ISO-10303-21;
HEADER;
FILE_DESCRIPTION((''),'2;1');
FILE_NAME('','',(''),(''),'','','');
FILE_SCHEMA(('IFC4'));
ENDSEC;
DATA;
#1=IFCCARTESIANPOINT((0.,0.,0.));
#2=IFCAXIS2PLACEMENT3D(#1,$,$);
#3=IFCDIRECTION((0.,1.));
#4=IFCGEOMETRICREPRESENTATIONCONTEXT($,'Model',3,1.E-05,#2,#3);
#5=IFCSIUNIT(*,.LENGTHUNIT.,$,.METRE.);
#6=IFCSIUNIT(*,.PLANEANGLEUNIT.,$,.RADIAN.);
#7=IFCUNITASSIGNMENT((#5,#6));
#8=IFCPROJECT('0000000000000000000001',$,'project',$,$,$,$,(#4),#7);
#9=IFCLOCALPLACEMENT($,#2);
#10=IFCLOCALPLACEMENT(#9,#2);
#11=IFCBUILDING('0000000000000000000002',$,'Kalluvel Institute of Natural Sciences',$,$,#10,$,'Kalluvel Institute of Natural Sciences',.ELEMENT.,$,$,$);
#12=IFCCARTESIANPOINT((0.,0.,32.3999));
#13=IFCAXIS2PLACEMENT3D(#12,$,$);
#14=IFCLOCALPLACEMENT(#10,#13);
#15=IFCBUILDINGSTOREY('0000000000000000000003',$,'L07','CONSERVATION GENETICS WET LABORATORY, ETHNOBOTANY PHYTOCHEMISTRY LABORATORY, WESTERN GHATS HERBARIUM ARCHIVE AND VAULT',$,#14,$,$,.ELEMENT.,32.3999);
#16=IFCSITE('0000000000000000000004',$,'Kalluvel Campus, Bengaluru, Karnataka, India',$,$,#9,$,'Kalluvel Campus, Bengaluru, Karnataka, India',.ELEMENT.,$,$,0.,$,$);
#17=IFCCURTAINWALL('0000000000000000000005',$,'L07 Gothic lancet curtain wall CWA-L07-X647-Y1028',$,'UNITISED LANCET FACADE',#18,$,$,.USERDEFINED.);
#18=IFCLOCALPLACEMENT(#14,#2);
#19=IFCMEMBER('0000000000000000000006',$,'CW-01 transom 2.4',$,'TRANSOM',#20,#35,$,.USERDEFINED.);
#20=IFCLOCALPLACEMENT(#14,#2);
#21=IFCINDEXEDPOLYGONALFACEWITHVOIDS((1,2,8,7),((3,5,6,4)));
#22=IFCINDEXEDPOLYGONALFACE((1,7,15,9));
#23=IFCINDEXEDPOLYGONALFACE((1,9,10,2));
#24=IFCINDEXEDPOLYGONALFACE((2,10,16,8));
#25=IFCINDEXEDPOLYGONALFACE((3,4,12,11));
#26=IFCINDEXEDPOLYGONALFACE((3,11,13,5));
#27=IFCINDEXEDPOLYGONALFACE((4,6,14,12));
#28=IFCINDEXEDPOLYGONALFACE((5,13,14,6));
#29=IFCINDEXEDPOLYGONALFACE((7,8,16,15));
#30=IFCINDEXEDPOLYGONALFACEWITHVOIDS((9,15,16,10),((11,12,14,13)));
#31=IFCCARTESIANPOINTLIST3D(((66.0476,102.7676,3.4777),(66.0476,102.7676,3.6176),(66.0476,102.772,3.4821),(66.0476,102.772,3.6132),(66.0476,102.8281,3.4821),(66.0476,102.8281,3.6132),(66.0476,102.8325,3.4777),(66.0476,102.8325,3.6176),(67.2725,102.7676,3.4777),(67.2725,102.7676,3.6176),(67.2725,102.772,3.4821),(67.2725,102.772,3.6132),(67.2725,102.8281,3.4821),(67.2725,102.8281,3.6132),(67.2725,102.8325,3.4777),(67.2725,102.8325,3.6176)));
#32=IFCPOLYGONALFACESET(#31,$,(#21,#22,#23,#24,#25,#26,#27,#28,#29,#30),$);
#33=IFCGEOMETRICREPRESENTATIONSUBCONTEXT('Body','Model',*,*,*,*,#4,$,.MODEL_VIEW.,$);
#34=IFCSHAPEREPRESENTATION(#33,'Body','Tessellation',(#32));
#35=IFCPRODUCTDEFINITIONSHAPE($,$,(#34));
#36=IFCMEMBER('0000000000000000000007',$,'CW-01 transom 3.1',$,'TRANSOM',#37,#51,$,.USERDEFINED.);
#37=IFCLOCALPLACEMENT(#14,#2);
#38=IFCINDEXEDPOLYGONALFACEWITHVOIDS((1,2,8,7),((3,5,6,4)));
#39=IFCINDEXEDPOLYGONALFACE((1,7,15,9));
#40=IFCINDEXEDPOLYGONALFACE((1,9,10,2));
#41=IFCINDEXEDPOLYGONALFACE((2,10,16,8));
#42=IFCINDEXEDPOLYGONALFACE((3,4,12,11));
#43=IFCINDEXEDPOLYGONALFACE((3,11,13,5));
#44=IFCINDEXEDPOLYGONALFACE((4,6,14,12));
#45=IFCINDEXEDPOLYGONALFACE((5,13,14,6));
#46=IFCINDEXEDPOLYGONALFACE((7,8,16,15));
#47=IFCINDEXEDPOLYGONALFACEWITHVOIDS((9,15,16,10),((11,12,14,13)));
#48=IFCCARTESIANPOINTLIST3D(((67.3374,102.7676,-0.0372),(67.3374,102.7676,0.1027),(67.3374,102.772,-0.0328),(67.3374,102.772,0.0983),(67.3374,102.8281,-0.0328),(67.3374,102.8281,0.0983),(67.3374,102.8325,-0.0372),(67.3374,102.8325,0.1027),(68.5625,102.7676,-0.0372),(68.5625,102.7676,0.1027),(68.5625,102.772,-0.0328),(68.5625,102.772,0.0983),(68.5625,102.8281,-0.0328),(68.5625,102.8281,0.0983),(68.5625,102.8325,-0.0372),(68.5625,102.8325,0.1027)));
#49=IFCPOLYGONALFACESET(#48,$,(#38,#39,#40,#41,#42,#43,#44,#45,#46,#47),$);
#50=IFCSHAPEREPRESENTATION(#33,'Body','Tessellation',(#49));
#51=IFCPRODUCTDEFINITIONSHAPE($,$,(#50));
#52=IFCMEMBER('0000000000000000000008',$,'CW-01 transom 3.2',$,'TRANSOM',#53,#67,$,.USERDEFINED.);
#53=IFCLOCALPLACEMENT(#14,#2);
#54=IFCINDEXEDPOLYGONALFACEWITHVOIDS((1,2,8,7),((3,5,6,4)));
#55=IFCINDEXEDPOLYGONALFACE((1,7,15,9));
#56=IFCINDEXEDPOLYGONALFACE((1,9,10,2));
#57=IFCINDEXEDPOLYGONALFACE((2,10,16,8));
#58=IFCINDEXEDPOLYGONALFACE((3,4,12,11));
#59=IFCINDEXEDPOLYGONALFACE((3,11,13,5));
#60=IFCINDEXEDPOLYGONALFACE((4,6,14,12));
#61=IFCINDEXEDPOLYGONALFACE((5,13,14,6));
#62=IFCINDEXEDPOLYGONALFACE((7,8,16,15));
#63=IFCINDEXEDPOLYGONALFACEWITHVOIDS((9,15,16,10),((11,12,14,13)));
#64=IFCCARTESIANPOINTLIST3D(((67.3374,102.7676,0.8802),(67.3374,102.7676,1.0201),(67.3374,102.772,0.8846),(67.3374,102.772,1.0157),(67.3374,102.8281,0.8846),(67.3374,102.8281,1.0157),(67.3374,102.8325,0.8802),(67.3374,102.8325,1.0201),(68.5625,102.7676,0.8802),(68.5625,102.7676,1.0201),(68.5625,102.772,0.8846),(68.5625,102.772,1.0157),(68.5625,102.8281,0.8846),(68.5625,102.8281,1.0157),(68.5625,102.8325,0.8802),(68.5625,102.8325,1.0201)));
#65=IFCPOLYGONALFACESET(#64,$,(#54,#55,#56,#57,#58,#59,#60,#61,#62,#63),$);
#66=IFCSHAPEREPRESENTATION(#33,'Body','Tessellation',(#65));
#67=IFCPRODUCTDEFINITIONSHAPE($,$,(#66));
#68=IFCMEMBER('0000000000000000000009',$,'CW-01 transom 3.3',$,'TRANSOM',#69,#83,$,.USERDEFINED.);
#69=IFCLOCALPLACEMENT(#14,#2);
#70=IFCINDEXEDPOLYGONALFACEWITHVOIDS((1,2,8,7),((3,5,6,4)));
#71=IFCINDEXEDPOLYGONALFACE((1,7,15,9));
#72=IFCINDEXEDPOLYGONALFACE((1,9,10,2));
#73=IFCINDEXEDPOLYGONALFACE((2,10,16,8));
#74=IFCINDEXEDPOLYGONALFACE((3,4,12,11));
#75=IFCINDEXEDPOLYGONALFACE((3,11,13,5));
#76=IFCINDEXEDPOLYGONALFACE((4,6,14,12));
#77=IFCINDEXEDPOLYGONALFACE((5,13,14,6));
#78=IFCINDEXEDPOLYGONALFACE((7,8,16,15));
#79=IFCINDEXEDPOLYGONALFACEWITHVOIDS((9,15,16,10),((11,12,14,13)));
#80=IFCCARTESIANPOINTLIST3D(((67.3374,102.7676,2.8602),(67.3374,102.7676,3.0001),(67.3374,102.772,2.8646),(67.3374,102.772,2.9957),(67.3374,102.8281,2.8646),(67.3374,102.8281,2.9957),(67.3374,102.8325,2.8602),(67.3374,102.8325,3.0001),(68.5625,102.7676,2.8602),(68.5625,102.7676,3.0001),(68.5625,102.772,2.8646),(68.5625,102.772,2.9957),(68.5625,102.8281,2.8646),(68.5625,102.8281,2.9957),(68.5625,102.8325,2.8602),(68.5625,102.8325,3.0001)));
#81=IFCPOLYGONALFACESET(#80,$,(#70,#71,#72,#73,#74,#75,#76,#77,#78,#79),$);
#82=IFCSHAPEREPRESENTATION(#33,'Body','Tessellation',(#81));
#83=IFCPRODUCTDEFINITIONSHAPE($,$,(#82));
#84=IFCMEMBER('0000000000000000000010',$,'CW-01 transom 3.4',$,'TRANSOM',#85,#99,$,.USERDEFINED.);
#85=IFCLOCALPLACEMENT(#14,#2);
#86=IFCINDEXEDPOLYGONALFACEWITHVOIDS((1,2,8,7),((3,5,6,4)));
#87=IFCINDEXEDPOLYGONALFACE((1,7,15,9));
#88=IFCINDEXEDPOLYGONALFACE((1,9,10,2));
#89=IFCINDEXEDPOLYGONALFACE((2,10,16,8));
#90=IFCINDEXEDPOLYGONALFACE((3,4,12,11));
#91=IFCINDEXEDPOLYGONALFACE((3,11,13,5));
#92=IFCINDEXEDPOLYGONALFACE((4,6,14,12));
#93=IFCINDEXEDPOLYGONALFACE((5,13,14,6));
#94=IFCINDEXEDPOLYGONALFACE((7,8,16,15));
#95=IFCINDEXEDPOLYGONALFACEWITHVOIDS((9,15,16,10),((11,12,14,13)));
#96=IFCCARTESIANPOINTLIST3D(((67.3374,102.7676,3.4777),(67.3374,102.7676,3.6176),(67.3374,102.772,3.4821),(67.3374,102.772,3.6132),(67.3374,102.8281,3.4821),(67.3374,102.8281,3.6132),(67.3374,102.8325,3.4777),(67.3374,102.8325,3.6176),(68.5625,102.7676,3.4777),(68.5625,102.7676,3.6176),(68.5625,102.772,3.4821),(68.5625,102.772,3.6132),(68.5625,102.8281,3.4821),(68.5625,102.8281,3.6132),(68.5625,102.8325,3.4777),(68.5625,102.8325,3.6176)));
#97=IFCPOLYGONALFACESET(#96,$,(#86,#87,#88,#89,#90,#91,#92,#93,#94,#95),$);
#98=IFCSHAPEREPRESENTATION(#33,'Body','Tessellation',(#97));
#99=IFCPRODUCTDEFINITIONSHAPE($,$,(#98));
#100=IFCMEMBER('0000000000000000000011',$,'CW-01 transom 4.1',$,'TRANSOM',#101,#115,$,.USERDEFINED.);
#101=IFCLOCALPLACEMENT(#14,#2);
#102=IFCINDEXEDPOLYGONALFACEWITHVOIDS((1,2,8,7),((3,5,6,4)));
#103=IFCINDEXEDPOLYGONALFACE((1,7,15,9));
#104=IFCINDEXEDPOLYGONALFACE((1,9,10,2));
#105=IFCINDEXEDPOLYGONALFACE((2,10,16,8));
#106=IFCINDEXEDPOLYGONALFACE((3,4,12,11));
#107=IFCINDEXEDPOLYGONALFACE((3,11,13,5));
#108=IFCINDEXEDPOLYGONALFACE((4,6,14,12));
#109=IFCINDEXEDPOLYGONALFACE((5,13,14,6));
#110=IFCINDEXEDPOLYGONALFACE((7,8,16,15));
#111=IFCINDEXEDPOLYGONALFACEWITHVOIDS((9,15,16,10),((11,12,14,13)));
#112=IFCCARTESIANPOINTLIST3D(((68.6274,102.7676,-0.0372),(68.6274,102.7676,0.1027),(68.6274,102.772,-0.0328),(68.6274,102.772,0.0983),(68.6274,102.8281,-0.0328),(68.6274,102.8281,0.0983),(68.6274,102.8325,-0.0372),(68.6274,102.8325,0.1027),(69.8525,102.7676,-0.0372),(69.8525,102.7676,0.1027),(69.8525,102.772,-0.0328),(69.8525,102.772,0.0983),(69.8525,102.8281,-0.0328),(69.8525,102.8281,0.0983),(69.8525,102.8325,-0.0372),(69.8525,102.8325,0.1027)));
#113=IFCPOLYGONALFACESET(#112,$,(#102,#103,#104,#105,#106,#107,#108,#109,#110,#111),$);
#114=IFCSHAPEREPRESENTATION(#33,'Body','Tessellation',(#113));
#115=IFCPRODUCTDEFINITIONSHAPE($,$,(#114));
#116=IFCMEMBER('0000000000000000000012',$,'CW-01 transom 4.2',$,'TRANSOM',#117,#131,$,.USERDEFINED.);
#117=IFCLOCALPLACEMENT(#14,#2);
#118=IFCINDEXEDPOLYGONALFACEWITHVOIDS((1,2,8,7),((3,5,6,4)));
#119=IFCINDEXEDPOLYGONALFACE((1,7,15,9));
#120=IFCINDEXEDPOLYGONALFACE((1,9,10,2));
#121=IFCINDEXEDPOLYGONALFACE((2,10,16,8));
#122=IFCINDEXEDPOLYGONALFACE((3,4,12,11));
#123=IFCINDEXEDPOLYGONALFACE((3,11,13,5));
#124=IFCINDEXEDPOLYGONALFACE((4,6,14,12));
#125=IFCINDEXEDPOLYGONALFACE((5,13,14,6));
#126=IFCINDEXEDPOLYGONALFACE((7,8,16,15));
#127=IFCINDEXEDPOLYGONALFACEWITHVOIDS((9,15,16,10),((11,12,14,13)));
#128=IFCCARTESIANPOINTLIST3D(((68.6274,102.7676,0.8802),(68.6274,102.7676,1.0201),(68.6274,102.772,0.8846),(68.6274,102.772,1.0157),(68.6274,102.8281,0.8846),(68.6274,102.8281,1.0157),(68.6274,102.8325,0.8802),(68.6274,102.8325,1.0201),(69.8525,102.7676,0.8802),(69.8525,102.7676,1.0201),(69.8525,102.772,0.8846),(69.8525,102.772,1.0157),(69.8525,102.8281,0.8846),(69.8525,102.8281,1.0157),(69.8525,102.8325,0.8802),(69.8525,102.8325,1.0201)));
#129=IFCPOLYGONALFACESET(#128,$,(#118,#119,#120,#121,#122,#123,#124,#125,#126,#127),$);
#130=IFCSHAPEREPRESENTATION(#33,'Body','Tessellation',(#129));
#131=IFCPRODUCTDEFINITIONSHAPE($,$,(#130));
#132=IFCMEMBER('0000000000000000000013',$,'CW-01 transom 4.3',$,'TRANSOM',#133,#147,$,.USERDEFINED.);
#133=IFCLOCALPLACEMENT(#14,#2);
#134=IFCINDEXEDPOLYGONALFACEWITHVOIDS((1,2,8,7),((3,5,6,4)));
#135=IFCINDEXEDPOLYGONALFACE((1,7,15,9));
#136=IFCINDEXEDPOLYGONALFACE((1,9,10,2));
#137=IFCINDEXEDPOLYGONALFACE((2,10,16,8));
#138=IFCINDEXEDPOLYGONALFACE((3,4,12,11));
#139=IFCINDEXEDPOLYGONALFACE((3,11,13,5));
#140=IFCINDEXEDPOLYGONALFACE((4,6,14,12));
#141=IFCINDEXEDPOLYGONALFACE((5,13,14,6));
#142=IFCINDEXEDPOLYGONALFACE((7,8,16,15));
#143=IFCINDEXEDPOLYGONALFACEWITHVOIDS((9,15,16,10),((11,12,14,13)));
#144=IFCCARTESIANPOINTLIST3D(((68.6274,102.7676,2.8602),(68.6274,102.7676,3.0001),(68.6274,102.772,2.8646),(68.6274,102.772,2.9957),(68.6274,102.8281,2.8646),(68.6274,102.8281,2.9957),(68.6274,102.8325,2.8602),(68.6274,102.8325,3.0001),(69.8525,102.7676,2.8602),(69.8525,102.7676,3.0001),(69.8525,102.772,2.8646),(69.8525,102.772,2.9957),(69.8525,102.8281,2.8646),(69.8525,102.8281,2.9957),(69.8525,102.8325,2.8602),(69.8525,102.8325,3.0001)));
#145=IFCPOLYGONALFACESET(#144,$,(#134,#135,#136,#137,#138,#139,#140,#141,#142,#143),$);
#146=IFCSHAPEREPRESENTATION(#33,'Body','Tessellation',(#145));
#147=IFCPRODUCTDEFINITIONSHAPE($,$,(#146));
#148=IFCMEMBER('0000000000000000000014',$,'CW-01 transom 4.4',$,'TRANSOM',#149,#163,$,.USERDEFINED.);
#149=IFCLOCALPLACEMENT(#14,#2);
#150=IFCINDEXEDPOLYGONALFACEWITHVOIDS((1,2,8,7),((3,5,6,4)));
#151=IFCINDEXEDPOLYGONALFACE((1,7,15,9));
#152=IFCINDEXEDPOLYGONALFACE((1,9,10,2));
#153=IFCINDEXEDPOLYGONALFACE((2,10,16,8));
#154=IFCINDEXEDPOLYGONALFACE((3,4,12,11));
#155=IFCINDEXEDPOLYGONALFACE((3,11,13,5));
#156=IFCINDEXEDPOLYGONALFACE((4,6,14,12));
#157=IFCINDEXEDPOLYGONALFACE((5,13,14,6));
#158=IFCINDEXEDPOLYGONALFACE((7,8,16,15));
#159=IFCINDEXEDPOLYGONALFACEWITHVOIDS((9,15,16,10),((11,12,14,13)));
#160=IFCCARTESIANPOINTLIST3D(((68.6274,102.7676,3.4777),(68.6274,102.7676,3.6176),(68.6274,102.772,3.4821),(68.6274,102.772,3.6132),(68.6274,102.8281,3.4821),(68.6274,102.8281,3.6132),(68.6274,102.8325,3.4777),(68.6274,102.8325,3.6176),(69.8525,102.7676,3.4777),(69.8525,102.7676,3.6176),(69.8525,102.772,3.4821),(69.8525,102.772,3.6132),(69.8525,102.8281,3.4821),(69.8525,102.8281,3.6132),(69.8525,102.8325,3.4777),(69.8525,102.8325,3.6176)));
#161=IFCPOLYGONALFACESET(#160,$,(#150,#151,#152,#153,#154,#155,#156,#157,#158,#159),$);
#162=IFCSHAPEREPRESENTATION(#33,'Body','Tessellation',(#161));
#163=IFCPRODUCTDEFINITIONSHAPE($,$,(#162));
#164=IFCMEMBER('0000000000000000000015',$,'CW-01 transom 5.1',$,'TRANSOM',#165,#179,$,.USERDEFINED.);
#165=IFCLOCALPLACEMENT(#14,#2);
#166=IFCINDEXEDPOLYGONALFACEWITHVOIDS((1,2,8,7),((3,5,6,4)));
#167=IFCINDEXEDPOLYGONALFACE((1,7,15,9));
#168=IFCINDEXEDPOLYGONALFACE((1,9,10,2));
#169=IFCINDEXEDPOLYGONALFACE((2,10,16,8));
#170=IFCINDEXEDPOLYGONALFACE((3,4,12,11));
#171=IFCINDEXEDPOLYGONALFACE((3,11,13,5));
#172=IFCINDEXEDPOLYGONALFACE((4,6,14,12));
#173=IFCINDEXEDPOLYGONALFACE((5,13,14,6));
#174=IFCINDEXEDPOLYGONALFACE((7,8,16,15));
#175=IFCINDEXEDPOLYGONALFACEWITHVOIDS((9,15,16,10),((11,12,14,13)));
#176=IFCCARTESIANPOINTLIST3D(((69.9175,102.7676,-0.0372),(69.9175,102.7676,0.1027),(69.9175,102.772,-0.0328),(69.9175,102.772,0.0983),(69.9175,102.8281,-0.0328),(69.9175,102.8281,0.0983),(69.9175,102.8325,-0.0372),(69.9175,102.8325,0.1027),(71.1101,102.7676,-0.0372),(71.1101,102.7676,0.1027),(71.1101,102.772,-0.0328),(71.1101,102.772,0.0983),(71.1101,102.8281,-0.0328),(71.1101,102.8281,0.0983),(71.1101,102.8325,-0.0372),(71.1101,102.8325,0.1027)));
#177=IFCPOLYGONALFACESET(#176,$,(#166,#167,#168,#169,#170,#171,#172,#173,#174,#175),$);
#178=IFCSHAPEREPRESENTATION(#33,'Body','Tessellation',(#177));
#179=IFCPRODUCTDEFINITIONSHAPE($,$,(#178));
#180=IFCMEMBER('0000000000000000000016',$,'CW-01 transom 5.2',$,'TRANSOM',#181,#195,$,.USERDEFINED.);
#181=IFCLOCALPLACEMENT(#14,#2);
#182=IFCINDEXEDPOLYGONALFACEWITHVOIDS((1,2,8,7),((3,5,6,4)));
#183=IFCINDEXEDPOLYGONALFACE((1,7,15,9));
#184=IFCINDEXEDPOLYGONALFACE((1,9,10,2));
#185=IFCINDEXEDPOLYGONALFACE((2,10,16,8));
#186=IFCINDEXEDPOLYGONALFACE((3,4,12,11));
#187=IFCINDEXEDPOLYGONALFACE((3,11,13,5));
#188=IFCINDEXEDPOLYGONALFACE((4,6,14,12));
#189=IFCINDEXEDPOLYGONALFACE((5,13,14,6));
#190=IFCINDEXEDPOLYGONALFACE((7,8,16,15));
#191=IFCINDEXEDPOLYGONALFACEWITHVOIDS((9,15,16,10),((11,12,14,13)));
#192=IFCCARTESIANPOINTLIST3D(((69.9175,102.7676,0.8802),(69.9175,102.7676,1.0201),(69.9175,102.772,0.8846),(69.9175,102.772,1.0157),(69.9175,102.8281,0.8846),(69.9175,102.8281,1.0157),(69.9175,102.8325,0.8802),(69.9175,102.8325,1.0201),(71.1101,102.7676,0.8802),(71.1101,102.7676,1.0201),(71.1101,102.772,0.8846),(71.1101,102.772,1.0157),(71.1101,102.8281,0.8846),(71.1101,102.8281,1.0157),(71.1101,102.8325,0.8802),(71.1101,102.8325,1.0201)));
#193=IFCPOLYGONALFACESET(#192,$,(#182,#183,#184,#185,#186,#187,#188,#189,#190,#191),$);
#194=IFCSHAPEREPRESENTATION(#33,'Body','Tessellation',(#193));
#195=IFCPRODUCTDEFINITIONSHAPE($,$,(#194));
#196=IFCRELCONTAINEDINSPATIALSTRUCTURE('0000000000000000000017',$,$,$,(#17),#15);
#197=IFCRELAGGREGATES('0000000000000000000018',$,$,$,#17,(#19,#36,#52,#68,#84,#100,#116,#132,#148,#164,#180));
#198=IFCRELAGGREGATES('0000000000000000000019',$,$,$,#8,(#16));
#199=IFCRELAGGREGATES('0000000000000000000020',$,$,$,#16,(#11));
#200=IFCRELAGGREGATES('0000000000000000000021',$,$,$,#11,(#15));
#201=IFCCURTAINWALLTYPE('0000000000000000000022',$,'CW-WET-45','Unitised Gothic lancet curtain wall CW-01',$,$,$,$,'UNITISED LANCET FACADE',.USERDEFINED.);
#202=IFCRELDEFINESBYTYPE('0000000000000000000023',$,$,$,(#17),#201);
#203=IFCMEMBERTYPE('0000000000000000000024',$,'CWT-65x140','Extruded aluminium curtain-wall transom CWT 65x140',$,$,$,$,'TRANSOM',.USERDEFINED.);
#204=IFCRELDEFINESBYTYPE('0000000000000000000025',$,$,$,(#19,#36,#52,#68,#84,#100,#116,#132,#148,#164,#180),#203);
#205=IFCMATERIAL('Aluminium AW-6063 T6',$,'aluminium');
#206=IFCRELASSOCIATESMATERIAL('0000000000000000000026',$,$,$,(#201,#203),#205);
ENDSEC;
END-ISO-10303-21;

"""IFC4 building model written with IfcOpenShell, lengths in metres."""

from ifc_helpers import new_model, si_unit, direction, frame, origin, origin_2d, place, context, subcontext, project, spatial, hollow_rectangle, extrude, material, material_profile, profile_set, type_object, element, aggregate, save


model = new_model("IFC4")

# Units and contexts
model_context = context("Model", 3, precision=1e-05, world=origin(), true_north=direction((0.0, 1.0)))
body_context = subcontext(model_context, "Body", "Model", "MODEL_VIEW")
ifc_project = project(units=[si_unit("LENGTHUNIT", "METRE"), si_unit("PLANEANGLEUNIT", "RADIAN")], contexts=[model_context])

# Site, building, storey
site_placement = place(None, origin())
site = spatial("IfcSite", under=ifc_project, at=site_placement, Name="Kalluvel Campus, Bengaluru, Karnataka, India", LongName="Kalluvel Campus, Bengaluru, Karnataka, India", CompositionType="ELEMENT", RefElevation=0.0)
building_placement = place(site_placement, origin())
building = spatial("IfcBuilding", under=site, at=building_placement, Name="Kalluvel Institute of Natural Sciences", LongName="Kalluvel Institute of Natural Sciences", CompositionType="ELEMENT")
storey_placement = place(building_placement, frame((0.0, 0.0, 32.3999)))
storey = spatial("IfcBuildingStorey", under=building, at=storey_placement, Name="L07", Description="CONSERVATION GENETICS WET LABORATORY, ETHNOBOTANY PHYTOCHEMISTRY LABORATORY, WESTERN GHATS HERBARIUM ARCHIVE AND VAULT", CompositionType="ELEMENT", Elevation=32.3999)

# Curtain wall, members
ifc_material_1 = material(Name="Aluminium AW-6063 T6", Category="aluminium")
curtain_wall_type = type_object("IfcCurtainWallType", Name="CW-WET-45", Description="Unitised Gothic lancet curtain wall CW-01", ElementType="UNITISED LANCET FACADE", PredefinedType="USERDEFINED", material=ifc_material_1)
curtain_wall_placement = place(storey_placement, origin())
curtain_wall = element("IfcCurtainWall", 1, at=curtain_wall_placement, inside=storey, type_object=curtain_wall_type, Name="L07 Gothic lancet curtain wall CWA-L07-X647-Y1028", ObjectType="UNITISED LANCET FACADE", PredefinedType="USERDEFINED")
ifc_material_profile_1 = material_profile(ifc_material_1, hollow_rectangle(XDim=0.0649, YDim=0.1399, WallThickness=0.0044, at=origin_2d()), Name="CWT 65x140")
ifc_profile_set_1 = profile_set([ifc_material_profile_1], Name="Aluminium AW-6063 T6")
member_type_1 = type_object("IfcMemberType", Name="CWT-65x140", Description="Extruded aluminium curtain-wall transom CWT 65x140", ElementType="TRANSOM", PredefinedType="USERDEFINED", material=ifc_profile_set_1)
member_1_placement = place(storey_placement, frame((66.0476, 102.8, 3.5476), z_axis=(1.0, 0.0, 0.0), x_axis=(0.0, 1.0, 0.0)))
member_1 = element("IfcMember", 2, at=member_1_placement, type_object=member_type_1, Name="CW-01 transom 2.4", ObjectType="TRANSOM", PredefinedType="USERDEFINED", context=body_context, shape_type="SweptSolid", body=[
    extrude(hollow_rectangle(XDim=0.0649, YDim=0.1399, WallThickness=0.0044, at=origin_2d()), origin(), (0.0, 0.0, 1.0), 1.2249),
])
member_2_placement = place(storey_placement, frame((67.3374, 102.8, 0.0327), z_axis=(1.0, 0.0, 0.0), x_axis=(0.0, 1.0, 0.0)))
member_2 = element("IfcMember", 3, at=member_2_placement, type_object=member_type_1, Name="CW-01 transom 3.1", ObjectType="TRANSOM", PredefinedType="USERDEFINED", context=body_context, shape_type="SweptSolid", body=[
    extrude(hollow_rectangle(XDim=0.0649, YDim=0.1399, WallThickness=0.0044, at=origin_2d()), origin(), (0.0, 0.0, 1.0), 1.2251),
])
member_3_placement = place(storey_placement, frame((67.3374, 102.8, 0.9502), z_axis=(1.0, 0.0, 0.0), x_axis=(0.0, 1.0, 0.0)))
member_3 = element("IfcMember", 4, at=member_3_placement, type_object=member_type_1, Name="CW-01 transom 3.2", ObjectType="TRANSOM", PredefinedType="USERDEFINED", context=body_context, shape_type="SweptSolid", body=[
    extrude(hollow_rectangle(XDim=0.0649, YDim=0.1399, WallThickness=0.0044, at=origin_2d()), origin(), (0.0, 0.0, 1.0), 1.2251),
])
member_4_placement = place(storey_placement, frame((67.3374, 102.8, 2.9302), z_axis=(1.0, 0.0, 0.0), x_axis=(0.0, 1.0, 0.0)))
member_4 = element("IfcMember", 5, at=member_4_placement, type_object=member_type_1, Name="CW-01 transom 3.3", ObjectType="TRANSOM", PredefinedType="USERDEFINED", context=body_context, shape_type="SweptSolid", body=[
    extrude(hollow_rectangle(XDim=0.0649, YDim=0.1399, WallThickness=0.0044, at=origin_2d()), origin(), (0.0, 0.0, 1.0), 1.2251),
])
member_5_placement = place(storey_placement, frame((67.3374, 102.8, 3.5476), z_axis=(1.0, 0.0, 0.0), x_axis=(0.0, 1.0, 0.0)))
member_5 = element("IfcMember", 6, at=member_5_placement, type_object=member_type_1, Name="CW-01 transom 3.4", ObjectType="TRANSOM", PredefinedType="USERDEFINED", context=body_context, shape_type="SweptSolid", body=[
    extrude(hollow_rectangle(XDim=0.0649, YDim=0.1399, WallThickness=0.0044, at=origin_2d()), origin(), (0.0, 0.0, 1.0), 1.2251),
])
member_6_placement = place(storey_placement, frame((68.6274, 102.8, 0.0327), z_axis=(1.0, 0.0, 0.0), x_axis=(0.0, 1.0, 0.0)))
member_6 = element("IfcMember", 7, at=member_6_placement, type_object=member_type_1, Name="CW-01 transom 4.1", ObjectType="TRANSOM", PredefinedType="USERDEFINED", context=body_context, shape_type="SweptSolid", body=[
    extrude(hollow_rectangle(XDim=0.0649, YDim=0.1399, WallThickness=0.0044, at=origin_2d()), origin(), (0.0, 0.0, 1.0), 1.2251),
])
member_7_placement = place(storey_placement, frame((68.6274, 102.8, 0.9502), z_axis=(1.0, 0.0, 0.0), x_axis=(0.0, 1.0, 0.0)))
member_7 = element("IfcMember", 8, at=member_7_placement, type_object=member_type_1, Name="CW-01 transom 4.2", ObjectType="TRANSOM", PredefinedType="USERDEFINED", context=body_context, shape_type="SweptSolid", body=[
    extrude(hollow_rectangle(XDim=0.0649, YDim=0.1399, WallThickness=0.0044, at=origin_2d()), origin(), (0.0, 0.0, 1.0), 1.2251),
])
member_8_placement = place(storey_placement, frame((68.6274, 102.8, 2.9302), z_axis=(1.0, 0.0, 0.0), x_axis=(0.0, 1.0, 0.0)))
member_8 = element("IfcMember", 9, at=member_8_placement, type_object=member_type_1, Name="CW-01 transom 4.3", ObjectType="TRANSOM", PredefinedType="USERDEFINED", context=body_context, shape_type="SweptSolid", body=[
    extrude(hollow_rectangle(XDim=0.0649, YDim=0.1399, WallThickness=0.0044, at=origin_2d()), origin(), (0.0, 0.0, 1.0), 1.2251),
])
member_9_placement = place(storey_placement, frame((68.6274, 102.8, 3.5476), z_axis=(1.0, 0.0, 0.0), x_axis=(0.0, 1.0, 0.0)))
member_9 = element("IfcMember", 10, at=member_9_placement, type_object=member_type_1, Name="CW-01 transom 4.4", ObjectType="TRANSOM", PredefinedType="USERDEFINED", context=body_context, shape_type="SweptSolid", body=[
    extrude(hollow_rectangle(XDim=0.0649, YDim=0.1399, WallThickness=0.0044, at=origin_2d()), origin(), (0.0, 0.0, 1.0), 1.2251),
])
member_10_placement = place(storey_placement, frame((69.9175, 102.8, 0.0327), z_axis=(1.0, 0.0, 0.0), x_axis=(0.0, 1.0, 0.0)))
member_10 = element("IfcMember", 11, at=member_10_placement, type_object=member_type_1, Name="CW-01 transom 5.1", ObjectType="TRANSOM", PredefinedType="USERDEFINED", context=body_context, shape_type="SweptSolid", body=[
    extrude(hollow_rectangle(XDim=0.0649, YDim=0.1399, WallThickness=0.0044, at=origin_2d()), origin(), (0.0, 0.0, 1.0), 1.1926),
])
member_11_placement = place(storey_placement, frame((69.9175, 102.8, 0.9502), z_axis=(1.0, 0.0, 0.0), x_axis=(0.0, 1.0, 0.0)))
member_11 = element("IfcMember", 12, at=member_11_placement, type_object=member_type_1, Name="CW-01 transom 5.2", ObjectType="TRANSOM", PredefinedType="USERDEFINED", context=body_context, shape_type="SweptSolid", body=[
    extrude(hollow_rectangle(XDim=0.0649, YDim=0.1399, WallThickness=0.0044, at=origin_2d()), origin(), (0.0, 0.0, 1.0), 1.1926),
])
aggregate(curtain_wall, [member_1, member_2, member_3, member_4, member_5, member_6, member_7, member_8, member_9, member_10, member_11])

save(model, "model.ifc")
